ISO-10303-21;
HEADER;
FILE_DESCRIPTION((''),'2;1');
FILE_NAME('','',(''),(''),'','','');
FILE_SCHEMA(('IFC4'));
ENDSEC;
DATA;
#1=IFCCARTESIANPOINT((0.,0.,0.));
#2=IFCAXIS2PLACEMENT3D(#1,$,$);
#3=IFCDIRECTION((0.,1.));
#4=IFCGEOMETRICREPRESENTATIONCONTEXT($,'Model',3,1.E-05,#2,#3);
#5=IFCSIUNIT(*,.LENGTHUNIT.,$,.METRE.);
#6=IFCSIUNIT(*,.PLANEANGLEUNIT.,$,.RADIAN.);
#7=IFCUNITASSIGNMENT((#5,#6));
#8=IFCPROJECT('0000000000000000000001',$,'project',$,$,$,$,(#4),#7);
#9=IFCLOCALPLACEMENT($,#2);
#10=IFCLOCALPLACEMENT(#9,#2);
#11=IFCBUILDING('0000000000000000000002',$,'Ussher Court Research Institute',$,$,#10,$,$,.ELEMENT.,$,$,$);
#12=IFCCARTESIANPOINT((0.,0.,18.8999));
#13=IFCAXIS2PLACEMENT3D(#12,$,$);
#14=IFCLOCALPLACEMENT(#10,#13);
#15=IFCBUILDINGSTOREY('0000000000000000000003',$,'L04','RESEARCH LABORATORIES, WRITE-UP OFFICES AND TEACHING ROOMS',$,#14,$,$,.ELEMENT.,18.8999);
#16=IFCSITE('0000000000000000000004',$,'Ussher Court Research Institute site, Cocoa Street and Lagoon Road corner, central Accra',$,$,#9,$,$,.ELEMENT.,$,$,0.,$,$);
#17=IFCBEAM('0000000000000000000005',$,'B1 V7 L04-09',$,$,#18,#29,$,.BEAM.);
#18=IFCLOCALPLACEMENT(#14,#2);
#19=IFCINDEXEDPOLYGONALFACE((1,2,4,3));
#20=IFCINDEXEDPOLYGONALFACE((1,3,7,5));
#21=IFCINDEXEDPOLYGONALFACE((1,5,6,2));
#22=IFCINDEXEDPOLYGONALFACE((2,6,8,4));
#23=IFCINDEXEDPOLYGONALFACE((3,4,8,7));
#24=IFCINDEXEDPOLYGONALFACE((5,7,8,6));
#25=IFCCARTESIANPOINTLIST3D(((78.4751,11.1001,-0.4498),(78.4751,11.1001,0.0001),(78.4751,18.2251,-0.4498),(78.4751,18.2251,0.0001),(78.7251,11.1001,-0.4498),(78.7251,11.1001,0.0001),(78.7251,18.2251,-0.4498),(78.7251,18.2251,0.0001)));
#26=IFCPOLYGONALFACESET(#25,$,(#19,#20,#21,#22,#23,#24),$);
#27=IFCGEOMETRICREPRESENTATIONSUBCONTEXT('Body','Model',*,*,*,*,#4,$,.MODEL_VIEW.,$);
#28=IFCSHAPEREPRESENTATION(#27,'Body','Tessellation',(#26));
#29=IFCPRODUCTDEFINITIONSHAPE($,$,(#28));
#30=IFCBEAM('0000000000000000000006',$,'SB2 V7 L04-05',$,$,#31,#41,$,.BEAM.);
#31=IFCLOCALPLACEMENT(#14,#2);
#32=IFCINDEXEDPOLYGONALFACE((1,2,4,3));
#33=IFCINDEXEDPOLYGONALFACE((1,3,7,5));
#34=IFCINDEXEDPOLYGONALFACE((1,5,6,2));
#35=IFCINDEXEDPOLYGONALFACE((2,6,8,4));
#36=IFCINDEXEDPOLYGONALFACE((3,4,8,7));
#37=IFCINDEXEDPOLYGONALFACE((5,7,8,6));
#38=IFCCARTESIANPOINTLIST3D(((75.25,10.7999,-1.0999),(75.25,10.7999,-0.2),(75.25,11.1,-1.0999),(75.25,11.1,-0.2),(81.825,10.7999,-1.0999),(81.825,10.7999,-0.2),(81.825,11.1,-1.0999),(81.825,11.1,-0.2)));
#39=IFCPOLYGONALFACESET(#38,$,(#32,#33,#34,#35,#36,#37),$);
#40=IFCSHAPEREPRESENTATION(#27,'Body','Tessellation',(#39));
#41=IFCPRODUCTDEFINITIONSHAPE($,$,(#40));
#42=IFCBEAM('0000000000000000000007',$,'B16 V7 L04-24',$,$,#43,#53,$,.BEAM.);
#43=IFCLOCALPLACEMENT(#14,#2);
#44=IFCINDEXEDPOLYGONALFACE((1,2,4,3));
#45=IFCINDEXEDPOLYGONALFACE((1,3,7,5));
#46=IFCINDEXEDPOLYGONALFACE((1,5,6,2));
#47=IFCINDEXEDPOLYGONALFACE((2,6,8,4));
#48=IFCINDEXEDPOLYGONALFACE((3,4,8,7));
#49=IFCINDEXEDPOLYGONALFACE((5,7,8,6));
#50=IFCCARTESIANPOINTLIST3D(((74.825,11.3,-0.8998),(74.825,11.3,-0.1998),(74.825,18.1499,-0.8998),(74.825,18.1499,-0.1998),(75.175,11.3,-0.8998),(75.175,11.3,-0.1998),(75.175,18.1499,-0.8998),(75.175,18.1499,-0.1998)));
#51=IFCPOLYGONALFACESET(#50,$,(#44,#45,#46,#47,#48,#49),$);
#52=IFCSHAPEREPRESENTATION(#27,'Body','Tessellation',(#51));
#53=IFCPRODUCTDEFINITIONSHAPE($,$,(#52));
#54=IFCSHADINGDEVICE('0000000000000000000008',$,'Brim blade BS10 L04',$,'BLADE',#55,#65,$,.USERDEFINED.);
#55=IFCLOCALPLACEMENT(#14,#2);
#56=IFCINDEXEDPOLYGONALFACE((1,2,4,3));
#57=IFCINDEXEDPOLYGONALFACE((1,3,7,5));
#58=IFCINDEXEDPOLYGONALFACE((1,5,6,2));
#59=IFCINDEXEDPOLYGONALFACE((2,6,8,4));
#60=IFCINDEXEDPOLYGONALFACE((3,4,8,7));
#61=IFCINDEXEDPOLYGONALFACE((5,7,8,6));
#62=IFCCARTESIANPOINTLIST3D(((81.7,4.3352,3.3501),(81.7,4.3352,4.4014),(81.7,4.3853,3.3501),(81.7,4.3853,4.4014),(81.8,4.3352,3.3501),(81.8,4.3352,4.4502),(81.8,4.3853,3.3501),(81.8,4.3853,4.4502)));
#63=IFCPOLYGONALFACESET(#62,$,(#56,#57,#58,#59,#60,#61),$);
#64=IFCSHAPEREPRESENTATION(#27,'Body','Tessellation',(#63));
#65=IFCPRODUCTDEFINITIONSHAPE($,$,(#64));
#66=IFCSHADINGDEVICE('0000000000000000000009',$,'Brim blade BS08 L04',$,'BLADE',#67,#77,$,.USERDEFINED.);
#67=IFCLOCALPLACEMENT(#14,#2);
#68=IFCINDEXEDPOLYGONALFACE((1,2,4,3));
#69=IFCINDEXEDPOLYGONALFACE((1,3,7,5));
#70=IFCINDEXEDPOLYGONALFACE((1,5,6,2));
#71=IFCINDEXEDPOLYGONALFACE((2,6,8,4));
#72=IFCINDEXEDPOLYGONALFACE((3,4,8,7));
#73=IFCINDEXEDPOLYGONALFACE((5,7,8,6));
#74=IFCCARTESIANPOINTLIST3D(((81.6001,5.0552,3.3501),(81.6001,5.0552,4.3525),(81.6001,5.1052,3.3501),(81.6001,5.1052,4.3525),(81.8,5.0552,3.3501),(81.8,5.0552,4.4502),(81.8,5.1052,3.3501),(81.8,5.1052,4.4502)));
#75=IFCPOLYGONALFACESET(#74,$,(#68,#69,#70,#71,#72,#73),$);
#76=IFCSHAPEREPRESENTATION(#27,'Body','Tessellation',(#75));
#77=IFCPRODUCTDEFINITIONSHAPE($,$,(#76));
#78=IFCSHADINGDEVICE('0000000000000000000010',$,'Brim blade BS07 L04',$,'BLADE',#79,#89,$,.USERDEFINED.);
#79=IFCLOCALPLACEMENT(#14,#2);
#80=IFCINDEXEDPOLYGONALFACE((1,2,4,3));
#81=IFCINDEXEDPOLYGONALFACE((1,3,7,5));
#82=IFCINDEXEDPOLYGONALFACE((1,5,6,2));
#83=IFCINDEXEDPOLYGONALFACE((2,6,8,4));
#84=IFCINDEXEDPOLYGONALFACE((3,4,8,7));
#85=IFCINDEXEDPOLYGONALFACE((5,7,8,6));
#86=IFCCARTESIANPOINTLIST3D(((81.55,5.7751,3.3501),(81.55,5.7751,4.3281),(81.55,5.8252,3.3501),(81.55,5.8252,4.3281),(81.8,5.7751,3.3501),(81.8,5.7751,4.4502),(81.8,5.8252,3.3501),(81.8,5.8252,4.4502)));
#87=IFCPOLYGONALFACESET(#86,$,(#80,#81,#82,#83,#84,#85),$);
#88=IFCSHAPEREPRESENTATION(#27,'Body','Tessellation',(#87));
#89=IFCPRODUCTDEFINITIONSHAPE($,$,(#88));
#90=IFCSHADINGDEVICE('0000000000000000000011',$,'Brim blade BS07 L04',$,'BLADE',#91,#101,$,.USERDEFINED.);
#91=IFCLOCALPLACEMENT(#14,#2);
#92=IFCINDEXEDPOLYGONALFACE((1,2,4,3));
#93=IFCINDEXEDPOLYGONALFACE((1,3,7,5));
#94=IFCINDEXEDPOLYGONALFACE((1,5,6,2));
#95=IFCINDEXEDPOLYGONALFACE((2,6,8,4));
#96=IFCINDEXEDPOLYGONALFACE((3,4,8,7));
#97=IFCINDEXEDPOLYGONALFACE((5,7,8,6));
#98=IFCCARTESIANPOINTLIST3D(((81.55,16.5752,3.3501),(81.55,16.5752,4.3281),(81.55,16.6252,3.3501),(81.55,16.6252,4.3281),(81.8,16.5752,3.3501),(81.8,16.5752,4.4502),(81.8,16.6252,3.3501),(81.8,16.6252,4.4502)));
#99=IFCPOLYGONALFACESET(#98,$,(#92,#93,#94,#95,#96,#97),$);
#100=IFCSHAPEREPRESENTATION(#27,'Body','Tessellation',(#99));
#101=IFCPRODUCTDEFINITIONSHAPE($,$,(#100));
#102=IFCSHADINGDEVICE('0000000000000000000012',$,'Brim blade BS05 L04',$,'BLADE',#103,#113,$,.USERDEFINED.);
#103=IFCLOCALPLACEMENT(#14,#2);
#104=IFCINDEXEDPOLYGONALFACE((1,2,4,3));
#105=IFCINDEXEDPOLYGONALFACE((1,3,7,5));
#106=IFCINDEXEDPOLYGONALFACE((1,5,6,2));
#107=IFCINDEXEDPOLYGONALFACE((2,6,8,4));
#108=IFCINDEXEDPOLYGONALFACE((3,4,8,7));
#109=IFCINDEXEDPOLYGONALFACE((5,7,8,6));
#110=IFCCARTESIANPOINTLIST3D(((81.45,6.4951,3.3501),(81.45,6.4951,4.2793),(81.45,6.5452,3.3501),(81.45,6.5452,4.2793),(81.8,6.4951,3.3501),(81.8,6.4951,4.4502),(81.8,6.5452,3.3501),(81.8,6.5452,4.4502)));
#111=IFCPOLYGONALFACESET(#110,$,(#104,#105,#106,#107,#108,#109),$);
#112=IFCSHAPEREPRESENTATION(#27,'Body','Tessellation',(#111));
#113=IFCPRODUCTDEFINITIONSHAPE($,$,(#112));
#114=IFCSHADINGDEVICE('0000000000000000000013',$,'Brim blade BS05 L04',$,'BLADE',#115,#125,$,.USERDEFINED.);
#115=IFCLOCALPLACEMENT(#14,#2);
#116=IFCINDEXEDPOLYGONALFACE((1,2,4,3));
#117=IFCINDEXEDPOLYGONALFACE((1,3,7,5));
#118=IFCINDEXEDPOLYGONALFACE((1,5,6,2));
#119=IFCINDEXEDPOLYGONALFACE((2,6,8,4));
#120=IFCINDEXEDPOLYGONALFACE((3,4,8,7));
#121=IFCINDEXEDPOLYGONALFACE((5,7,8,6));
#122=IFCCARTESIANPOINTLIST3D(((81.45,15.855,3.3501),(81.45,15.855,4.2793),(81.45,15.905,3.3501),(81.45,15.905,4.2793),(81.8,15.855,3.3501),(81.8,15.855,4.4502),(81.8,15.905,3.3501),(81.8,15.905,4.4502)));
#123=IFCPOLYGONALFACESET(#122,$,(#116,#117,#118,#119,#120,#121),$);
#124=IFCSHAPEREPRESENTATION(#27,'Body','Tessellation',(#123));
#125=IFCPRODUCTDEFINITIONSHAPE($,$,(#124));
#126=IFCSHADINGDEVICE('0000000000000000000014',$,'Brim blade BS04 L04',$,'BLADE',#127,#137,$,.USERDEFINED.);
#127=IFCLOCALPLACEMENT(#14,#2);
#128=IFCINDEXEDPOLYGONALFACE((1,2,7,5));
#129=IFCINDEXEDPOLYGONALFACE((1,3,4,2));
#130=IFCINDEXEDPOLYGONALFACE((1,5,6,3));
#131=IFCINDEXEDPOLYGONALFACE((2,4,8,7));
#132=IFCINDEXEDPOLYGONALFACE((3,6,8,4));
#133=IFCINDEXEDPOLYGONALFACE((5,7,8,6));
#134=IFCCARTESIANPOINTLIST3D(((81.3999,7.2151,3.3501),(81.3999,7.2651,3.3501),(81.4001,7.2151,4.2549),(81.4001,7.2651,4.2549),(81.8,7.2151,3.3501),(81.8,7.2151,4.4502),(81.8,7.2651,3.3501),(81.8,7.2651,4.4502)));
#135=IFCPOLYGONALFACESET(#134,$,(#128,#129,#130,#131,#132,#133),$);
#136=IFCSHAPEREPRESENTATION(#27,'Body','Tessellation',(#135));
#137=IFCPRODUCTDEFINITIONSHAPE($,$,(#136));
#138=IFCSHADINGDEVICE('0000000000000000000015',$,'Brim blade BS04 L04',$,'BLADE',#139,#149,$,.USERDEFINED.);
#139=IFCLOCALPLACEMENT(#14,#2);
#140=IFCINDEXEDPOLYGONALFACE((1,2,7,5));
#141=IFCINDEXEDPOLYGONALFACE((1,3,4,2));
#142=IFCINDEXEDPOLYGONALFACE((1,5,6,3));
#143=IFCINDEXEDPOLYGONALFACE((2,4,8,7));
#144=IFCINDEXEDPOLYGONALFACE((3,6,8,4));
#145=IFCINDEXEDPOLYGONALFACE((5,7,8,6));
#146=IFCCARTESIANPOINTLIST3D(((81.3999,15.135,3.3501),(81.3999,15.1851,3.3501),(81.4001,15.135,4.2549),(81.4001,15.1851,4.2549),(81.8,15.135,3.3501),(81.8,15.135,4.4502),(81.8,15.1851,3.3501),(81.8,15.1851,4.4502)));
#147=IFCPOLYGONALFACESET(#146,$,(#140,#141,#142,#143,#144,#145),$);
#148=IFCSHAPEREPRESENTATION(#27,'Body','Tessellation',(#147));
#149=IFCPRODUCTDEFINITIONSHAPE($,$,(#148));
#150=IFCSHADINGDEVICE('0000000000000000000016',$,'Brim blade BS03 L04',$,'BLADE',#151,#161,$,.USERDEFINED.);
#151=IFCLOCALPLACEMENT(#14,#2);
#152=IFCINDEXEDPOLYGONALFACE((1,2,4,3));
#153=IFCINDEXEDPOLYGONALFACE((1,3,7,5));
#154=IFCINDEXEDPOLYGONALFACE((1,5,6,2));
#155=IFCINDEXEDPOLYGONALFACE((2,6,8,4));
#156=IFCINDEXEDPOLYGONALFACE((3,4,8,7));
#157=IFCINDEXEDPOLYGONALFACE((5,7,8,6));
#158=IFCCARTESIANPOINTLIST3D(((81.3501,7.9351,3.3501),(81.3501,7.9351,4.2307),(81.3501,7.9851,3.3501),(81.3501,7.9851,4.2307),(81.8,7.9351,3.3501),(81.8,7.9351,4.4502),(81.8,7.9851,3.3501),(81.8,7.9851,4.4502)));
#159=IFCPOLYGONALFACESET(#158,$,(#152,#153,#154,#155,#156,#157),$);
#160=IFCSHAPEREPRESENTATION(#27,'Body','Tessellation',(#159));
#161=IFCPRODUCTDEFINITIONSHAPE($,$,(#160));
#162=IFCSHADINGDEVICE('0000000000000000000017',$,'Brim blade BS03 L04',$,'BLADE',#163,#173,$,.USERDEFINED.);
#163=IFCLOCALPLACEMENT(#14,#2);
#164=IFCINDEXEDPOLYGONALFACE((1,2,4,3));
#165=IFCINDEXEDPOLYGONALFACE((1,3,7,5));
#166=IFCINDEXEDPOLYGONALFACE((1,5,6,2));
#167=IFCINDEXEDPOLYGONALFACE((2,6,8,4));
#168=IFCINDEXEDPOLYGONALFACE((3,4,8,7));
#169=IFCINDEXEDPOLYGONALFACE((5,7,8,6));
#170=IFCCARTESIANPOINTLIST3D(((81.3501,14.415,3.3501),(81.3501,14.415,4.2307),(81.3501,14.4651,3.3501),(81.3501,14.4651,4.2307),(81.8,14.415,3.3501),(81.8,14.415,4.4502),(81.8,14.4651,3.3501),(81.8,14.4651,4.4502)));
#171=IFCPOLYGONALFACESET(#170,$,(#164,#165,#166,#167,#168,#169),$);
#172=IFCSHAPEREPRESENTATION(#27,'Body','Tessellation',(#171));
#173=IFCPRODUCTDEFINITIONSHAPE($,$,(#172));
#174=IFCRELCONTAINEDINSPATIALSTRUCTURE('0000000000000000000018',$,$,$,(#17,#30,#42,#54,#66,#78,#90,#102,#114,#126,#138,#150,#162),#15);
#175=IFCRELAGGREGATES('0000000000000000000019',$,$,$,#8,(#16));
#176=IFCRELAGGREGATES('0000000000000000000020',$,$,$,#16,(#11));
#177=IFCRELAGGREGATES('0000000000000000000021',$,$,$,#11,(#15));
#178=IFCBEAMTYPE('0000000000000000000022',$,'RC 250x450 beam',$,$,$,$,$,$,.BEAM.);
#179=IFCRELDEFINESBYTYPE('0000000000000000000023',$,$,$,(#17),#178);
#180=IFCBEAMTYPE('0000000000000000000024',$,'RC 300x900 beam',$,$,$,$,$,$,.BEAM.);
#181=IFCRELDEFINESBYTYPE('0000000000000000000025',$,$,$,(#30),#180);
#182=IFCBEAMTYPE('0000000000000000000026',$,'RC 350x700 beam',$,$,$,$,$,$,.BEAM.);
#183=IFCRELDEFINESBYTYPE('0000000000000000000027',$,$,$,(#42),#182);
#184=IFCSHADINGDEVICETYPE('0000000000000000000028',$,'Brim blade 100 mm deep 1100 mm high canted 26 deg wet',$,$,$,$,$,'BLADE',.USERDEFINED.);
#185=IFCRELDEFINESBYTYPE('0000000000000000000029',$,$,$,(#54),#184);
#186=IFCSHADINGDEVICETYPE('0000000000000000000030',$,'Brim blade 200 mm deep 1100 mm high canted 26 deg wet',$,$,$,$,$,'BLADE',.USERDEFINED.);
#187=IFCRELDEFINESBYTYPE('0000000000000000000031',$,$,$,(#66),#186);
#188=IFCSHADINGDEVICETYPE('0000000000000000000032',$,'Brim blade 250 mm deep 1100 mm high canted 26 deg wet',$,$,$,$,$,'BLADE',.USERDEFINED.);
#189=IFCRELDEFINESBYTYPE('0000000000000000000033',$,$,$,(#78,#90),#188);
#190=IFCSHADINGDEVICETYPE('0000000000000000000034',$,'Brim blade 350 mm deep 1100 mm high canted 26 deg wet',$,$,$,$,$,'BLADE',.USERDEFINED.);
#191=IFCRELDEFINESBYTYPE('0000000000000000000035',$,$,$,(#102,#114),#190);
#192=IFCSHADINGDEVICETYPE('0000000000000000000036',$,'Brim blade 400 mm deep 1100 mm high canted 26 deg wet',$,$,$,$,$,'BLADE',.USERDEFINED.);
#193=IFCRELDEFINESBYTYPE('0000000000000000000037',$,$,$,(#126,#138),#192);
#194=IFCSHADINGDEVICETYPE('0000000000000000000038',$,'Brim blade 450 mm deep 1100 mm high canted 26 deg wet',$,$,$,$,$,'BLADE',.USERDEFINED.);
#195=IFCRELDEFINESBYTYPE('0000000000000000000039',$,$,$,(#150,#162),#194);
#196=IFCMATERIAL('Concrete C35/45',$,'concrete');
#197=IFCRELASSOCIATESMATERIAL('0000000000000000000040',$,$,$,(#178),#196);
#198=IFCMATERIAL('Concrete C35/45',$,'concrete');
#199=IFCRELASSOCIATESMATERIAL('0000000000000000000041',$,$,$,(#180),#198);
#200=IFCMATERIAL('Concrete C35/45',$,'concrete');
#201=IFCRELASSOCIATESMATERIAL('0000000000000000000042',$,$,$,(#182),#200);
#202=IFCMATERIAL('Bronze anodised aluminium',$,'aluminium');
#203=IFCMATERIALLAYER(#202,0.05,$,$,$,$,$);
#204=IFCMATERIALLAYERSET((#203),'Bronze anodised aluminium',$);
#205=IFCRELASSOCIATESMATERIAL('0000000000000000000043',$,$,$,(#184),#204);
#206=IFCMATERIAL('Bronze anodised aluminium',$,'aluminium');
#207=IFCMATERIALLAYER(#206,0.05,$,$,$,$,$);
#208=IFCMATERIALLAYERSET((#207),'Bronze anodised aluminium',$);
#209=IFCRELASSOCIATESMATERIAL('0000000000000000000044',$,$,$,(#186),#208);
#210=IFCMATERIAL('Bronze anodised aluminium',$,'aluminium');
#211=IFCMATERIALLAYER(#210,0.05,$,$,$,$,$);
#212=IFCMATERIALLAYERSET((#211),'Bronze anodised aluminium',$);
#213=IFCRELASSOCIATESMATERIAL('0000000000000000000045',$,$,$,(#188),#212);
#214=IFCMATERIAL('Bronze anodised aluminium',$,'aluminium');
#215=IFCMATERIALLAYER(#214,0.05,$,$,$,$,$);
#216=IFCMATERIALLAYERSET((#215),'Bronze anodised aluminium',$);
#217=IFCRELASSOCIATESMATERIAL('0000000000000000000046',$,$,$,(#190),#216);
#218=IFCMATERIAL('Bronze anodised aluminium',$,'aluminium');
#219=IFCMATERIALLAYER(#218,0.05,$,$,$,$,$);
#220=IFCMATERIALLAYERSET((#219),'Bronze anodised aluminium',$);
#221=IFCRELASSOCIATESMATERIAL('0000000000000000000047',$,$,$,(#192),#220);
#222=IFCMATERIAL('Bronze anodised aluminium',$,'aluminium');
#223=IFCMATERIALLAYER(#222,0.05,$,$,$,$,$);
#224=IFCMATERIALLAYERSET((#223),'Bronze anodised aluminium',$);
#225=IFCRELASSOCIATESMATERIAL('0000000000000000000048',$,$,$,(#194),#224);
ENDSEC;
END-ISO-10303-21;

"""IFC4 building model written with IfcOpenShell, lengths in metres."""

from ifc_helpers import new_model, si_unit, direction, frame, origin, origin_2d, place, context, subcontext, project, spatial, polyline, rectangle, outline, extrude, material, layer, layer_set, material_profile, profile_set, type_object, element, save


model = new_model("IFC4")

# Units and contexts
model_context = context("Model", 3, precision=1e-05, world=origin(), true_north=direction((0.0, 1.0)))
body_context = subcontext(model_context, "Body", "Model", "MODEL_VIEW")
ifc_project = project(units=[si_unit("LENGTHUNIT", "METRE"), si_unit("PLANEANGLEUNIT", "RADIAN")], contexts=[model_context])

# Site, building, storey
site_placement = place(None, origin())
site = spatial("IfcSite", under=ifc_project, at=site_placement, Name="Ussher Court Research Institute site, Cocoa Street and Lagoon Road corner, central Accra", CompositionType="ELEMENT", RefElevation=0.0)
building_placement = place(site_placement, origin())
building = spatial("IfcBuilding", under=site, at=building_placement, Name="Ussher Court Research Institute", CompositionType="ELEMENT")
storey_placement = place(building_placement, frame((0.0, 0.0, 18.8999)))
storey = spatial("IfcBuildingStorey", under=building, at=storey_placement, Name="L04", Description="RESEARCH LABORATORIES, WRITE-UP OFFICES AND TEACHING ROOMS", CompositionType="ELEMENT", Elevation=18.8999)

# Beams
ifc_material_1 = material(Name="Concrete C35/45", Category="concrete")
ifc_material_profile_1 = material_profile(ifc_material_1, rectangle(XDim=0.25, YDim=0.45, at=origin_2d()), Name="RC 250x450")
ifc_profile_set_1 = profile_set([ifc_material_profile_1], Name="Concrete C35/45")
beam_type_1 = type_object("IfcBeamType", Name="RC 250x450 beam", PredefinedType="BEAM", material=ifc_profile_set_1)
beam_1_placement = place(storey_placement, frame((78.6001, 11.1001, -0.2249), z_axis=(0.0, 1.0, 0.0), x_axis=(-1.0, 0.0, 0.0)))
element("IfcBeam", 1, at=beam_1_placement, inside=storey, type_object=beam_type_1, Name="B1 V7 L04-09", PredefinedType="BEAM", context=body_context, shape_type="SweptSolid", body=[
    extrude(rectangle(XDim=0.25, YDim=0.45, at=origin_2d()), origin(), (0.0, 0.0, 1.0), 7.125),
])
ifc_material_2 = material(Name="Concrete C35/45", Category="concrete")
ifc_material_profile_2 = material_profile(ifc_material_2, rectangle(XDim=0.3, YDim=0.8999, at=origin_2d()), Name="RC 300x900")
ifc_profile_set_2 = profile_set([ifc_material_profile_2], Name="Concrete C35/45")
beam_type_2 = type_object("IfcBeamType", Name="RC 300x900 beam", PredefinedType="BEAM", material=ifc_profile_set_2)
beam_2_placement = place(storey_placement, frame((75.25, 10.95, -0.6499), z_axis=(1.0, 0.0, 0.0), x_axis=(0.0, 1.0, 0.0)))
element("IfcBeam", 2, at=beam_2_placement, inside=storey, type_object=beam_type_2, Name="SB2 V7 L04-05", PredefinedType="BEAM", context=body_context, shape_type="SweptSolid", body=[
    extrude(rectangle(XDim=0.3, YDim=0.8999, at=origin_2d()), origin(), (0.0, 0.0, 1.0), 6.575),
])
ifc_material_3 = material(Name="Concrete C35/45", Category="concrete")
ifc_material_profile_3 = material_profile(ifc_material_3, rectangle(XDim=0.3501, YDim=0.7, at=origin_2d()), Name="RC 350x700")
ifc_profile_set_3 = profile_set([ifc_material_profile_3], Name="Concrete C35/45")
beam_type_3 = type_object("IfcBeamType", Name="RC 350x700 beam", PredefinedType="BEAM", material=ifc_profile_set_3)
beam_3_placement = place(storey_placement, frame((75.0, 11.3, -0.5498), z_axis=(0.0, 1.0, 0.0), x_axis=(-1.0, 0.0, 0.0)))
element("IfcBeam", 3, at=beam_3_placement, inside=storey, type_object=beam_type_3, Name="B16 V7 L04-24", PredefinedType="BEAM", context=body_context, shape_type="SweptSolid", body=[
    extrude(rectangle(XDim=0.3501, YDim=0.7, at=origin_2d()), origin(), (0.0, 0.0, 1.0), 6.8499),
])

# Shading devices
ifc_material_4 = material(Name="Bronze anodised aluminium", Category="aluminium")
ifc_layer_1 = layer(ifc_material_4, 0.05)
ifc_layer_set_1 = layer_set([ifc_layer_1], Name="Bronze anodised aluminium")
shading_device_type_1 = type_object("IfcShadingDeviceType", Name="Brim blade 100 mm deep 1100 mm high canted 26 deg wet", ElementType="BLADE", PredefinedType="USERDEFINED", material=ifc_layer_set_1)
shading_device_1_placement = place(storey_placement, frame((81.8, 4.3601, 3.3501), z_axis=(0.0, 0.0, 1.0), x_axis=(-1.0, 0.0, 0.0)))
element("IfcShadingDevice", 4, at=shading_device_1_placement, inside=storey, type_object=shading_device_type_1, Name="Brim blade BS10 L04", ObjectType="BLADE", PredefinedType="USERDEFINED", context=body_context, shape_type="SweptSolid", body=[
    extrude(outline(polyline([(0.0, 0.0), (0.1001, 0.0), (0.1001, 1.0513), (0.0, 1.1001), (0.0, 0.0)])), frame((0.0, 0.0249, 0.0), z_axis=(0.0, -1.0, 0.0), x_axis=(1.0, 0.0, 0.0)), (0.0, 0.0, 1.0), 0.05),
])
ifc_material_5 = material(Name="Bronze anodised aluminium", Category="aluminium")
ifc_layer_2 = layer(ifc_material_5, 0.05)
ifc_layer_set_2 = layer_set([ifc_layer_2], Name="Bronze anodised aluminium")
shading_device_type_2 = type_object("IfcShadingDeviceType", Name="Brim blade 200 mm deep 1100 mm high canted 26 deg wet", ElementType="BLADE", PredefinedType="USERDEFINED", material=ifc_layer_set_2)
shading_device_2_placement = place(storey_placement, frame((81.8, 5.0801, 3.3501), z_axis=(0.0, 0.0, 1.0), x_axis=(-1.0, 0.0, 0.0)))
element("IfcShadingDevice", 5, at=shading_device_2_placement, inside=storey, type_object=shading_device_type_2, Name="Brim blade BS08 L04", ObjectType="BLADE", PredefinedType="USERDEFINED", context=body_context, shape_type="SweptSolid", body=[
    extrude(outline(polyline([(0.0, 0.0), (0.2, 0.0), (0.2, 1.0024), (0.0, 1.1001), (0.0, 0.0)])), frame((0.0, 0.0249, 0.0), z_axis=(0.0, -1.0, 0.0), x_axis=(1.0, 0.0, 0.0)), (0.0, 0.0, 1.0), 0.05),
])
ifc_material_6 = material(Name="Bronze anodised aluminium", Category="aluminium")
ifc_layer_3 = layer(ifc_material_6, 0.05)
ifc_layer_set_3 = layer_set([ifc_layer_3], Name="Bronze anodised aluminium")
shading_device_type_3 = type_object("IfcShadingDeviceType", Name="Brim blade 250 mm deep 1100 mm high canted 26 deg wet", ElementType="BLADE", PredefinedType="USERDEFINED", material=ifc_layer_set_3)
for number, where, z_axis, x_axis, name in (
    (6, (81.8, 5.8, 3.3501), (0.0, 0.0, 1.0), (-1.0, 0.0, 0.0), "Brim blade BS07 L04"),
    (7, (81.8, 16.6001, 3.3501), (0.0, 0.0, 1.0), (-1.0, 0.0, 0.0), "Brim blade BS07 L04"),
):
    element("IfcShadingDevice", number, at=place(storey_placement, frame(where, z_axis=z_axis, x_axis=x_axis)), inside=storey, type_object=shading_device_type_3, Name=name, ObjectType="BLADE", PredefinedType="USERDEFINED", context=body_context, shape_type="SweptSolid", body=[
        extrude(outline(polyline([(0.0, 0.0), (0.25, 0.0), (0.25, 0.978), (0.0, 1.1001), (0.0, 0.0)])), frame((0.0, 0.0249, 0.0), z_axis=(0.0, -1.0, 0.0), x_axis=(1.0, 0.0, 0.0)), (0.0, 0.0, 1.0), 0.05),
    ])
ifc_material_7 = material(Name="Bronze anodised aluminium", Category="aluminium")
ifc_layer_4 = layer(ifc_material_7, 0.05)
ifc_layer_set_4 = layer_set([ifc_layer_4], Name="Bronze anodised aluminium")
shading_device_type_4 = type_object("IfcShadingDeviceType", Name="Brim blade 350 mm deep 1100 mm high canted 26 deg wet", ElementType="BLADE", PredefinedType="USERDEFINED", material=ifc_layer_set_4)
for number, where, z_axis, x_axis, name in (
    (8, (81.8, 6.52, 3.3501), (0.0, 0.0, 1.0), (-1.0, 0.0, 0.0), "Brim blade BS05 L04"),
    (9, (81.8, 15.8799, 3.3501), (0.0, 0.0, 1.0), (-1.0, 0.0, 0.0), "Brim blade BS05 L04"),
):
    element("IfcShadingDevice", number, at=place(storey_placement, frame(where, z_axis=z_axis, x_axis=x_axis)), inside=storey, type_object=shading_device_type_4, Name=name, ObjectType="BLADE", PredefinedType="USERDEFINED", context=body_context, shape_type="SweptSolid", body=[
        extrude(outline(polyline([(0.0, 0.0), (0.3501, 0.0), (0.3501, 0.9292), (0.0, 1.1001), (0.0, 0.0)])), frame((0.0, 0.0249, 0.0), z_axis=(0.0, -1.0, 0.0), x_axis=(1.0, 0.0, 0.0)), (0.0, 0.0, 1.0), 0.05),
    ])
ifc_material_8 = material(Name="Bronze anodised aluminium", Category="aluminium")
ifc_layer_5 = layer(ifc_material_8, 0.05)
ifc_layer_set_5 = layer_set([ifc_layer_5], Name="Bronze anodised aluminium")
shading_device_type_5 = type_object("IfcShadingDeviceType", Name="Brim blade 400 mm deep 1100 mm high canted 26 deg wet", ElementType="BLADE", PredefinedType="USERDEFINED", material=ifc_layer_set_5)
for number, where, z_axis, x_axis, name in (
    (10, (81.8, 7.24, 3.3501), (0.0, 0.0, 1.0), (-1.0, 0.0, 0.0), "Brim blade BS04 L04"),
    (11, (81.8, 15.1599, 3.3501), (0.0, 0.0, 1.0), (-1.0, 0.0, 0.0), "Brim blade BS04 L04"),
):
    element("IfcShadingDevice", number, at=place(storey_placement, frame(where, z_axis=z_axis, x_axis=x_axis)), inside=storey, type_object=shading_device_type_5, Name=name, ObjectType="BLADE", PredefinedType="USERDEFINED", context=body_context, shape_type="SweptSolid", body=[
        extrude(outline(polyline([(0.0, 0.0), (0.4001, 0.0), (0.3999, 0.9048), (0.0, 1.1001), (0.0, 0.0)])), frame((0.0, 0.0249, 0.0), z_axis=(0.0, -1.0, 0.0), x_axis=(1.0, 0.0, 0.0)), (0.0, 0.0, 1.0), 0.05),
    ])
ifc_material_9 = material(Name="Bronze anodised aluminium", Category="aluminium")
ifc_layer_6 = layer(ifc_material_9, 0.05)
ifc_layer_set_6 = layer_set([ifc_layer_6], Name="Bronze anodised aluminium")
shading_device_type_6 = type_object("IfcShadingDeviceType", Name="Brim blade 450 mm deep 1100 mm high canted 26 deg wet", ElementType="BLADE", PredefinedType="USERDEFINED", material=ifc_layer_set_6)
for number, where, z_axis, x_axis, name in (
    (12, (81.8, 7.96, 3.3501), (0.0, 0.0, 1.0), (-1.0, 0.0, 0.0), "Brim blade BS03 L04"),
    (13, (81.8, 14.4399, 3.3501), (0.0, 0.0, 1.0), (-1.0, 0.0, 0.0), "Brim blade BS03 L04"),
):
    element("IfcShadingDevice", number, at=place(storey_placement, frame(where, z_axis=z_axis, x_axis=x_axis)), inside=storey, type_object=shading_device_type_6, Name=name, ObjectType="BLADE", PredefinedType="USERDEFINED", context=body_context, shape_type="SweptSolid", body=[
        extrude(outline(polyline([(0.0, 0.0), (0.45, 0.0), (0.45, 0.8806), (0.0, 1.1001), (0.0, 0.0)])), frame((0.0, 0.0249, 0.0), z_axis=(0.0, -1.0, 0.0), x_axis=(1.0, 0.0, 0.0)), (0.0, 0.0, 1.0), 0.05),
    ])

save(model, "model.ifc")
